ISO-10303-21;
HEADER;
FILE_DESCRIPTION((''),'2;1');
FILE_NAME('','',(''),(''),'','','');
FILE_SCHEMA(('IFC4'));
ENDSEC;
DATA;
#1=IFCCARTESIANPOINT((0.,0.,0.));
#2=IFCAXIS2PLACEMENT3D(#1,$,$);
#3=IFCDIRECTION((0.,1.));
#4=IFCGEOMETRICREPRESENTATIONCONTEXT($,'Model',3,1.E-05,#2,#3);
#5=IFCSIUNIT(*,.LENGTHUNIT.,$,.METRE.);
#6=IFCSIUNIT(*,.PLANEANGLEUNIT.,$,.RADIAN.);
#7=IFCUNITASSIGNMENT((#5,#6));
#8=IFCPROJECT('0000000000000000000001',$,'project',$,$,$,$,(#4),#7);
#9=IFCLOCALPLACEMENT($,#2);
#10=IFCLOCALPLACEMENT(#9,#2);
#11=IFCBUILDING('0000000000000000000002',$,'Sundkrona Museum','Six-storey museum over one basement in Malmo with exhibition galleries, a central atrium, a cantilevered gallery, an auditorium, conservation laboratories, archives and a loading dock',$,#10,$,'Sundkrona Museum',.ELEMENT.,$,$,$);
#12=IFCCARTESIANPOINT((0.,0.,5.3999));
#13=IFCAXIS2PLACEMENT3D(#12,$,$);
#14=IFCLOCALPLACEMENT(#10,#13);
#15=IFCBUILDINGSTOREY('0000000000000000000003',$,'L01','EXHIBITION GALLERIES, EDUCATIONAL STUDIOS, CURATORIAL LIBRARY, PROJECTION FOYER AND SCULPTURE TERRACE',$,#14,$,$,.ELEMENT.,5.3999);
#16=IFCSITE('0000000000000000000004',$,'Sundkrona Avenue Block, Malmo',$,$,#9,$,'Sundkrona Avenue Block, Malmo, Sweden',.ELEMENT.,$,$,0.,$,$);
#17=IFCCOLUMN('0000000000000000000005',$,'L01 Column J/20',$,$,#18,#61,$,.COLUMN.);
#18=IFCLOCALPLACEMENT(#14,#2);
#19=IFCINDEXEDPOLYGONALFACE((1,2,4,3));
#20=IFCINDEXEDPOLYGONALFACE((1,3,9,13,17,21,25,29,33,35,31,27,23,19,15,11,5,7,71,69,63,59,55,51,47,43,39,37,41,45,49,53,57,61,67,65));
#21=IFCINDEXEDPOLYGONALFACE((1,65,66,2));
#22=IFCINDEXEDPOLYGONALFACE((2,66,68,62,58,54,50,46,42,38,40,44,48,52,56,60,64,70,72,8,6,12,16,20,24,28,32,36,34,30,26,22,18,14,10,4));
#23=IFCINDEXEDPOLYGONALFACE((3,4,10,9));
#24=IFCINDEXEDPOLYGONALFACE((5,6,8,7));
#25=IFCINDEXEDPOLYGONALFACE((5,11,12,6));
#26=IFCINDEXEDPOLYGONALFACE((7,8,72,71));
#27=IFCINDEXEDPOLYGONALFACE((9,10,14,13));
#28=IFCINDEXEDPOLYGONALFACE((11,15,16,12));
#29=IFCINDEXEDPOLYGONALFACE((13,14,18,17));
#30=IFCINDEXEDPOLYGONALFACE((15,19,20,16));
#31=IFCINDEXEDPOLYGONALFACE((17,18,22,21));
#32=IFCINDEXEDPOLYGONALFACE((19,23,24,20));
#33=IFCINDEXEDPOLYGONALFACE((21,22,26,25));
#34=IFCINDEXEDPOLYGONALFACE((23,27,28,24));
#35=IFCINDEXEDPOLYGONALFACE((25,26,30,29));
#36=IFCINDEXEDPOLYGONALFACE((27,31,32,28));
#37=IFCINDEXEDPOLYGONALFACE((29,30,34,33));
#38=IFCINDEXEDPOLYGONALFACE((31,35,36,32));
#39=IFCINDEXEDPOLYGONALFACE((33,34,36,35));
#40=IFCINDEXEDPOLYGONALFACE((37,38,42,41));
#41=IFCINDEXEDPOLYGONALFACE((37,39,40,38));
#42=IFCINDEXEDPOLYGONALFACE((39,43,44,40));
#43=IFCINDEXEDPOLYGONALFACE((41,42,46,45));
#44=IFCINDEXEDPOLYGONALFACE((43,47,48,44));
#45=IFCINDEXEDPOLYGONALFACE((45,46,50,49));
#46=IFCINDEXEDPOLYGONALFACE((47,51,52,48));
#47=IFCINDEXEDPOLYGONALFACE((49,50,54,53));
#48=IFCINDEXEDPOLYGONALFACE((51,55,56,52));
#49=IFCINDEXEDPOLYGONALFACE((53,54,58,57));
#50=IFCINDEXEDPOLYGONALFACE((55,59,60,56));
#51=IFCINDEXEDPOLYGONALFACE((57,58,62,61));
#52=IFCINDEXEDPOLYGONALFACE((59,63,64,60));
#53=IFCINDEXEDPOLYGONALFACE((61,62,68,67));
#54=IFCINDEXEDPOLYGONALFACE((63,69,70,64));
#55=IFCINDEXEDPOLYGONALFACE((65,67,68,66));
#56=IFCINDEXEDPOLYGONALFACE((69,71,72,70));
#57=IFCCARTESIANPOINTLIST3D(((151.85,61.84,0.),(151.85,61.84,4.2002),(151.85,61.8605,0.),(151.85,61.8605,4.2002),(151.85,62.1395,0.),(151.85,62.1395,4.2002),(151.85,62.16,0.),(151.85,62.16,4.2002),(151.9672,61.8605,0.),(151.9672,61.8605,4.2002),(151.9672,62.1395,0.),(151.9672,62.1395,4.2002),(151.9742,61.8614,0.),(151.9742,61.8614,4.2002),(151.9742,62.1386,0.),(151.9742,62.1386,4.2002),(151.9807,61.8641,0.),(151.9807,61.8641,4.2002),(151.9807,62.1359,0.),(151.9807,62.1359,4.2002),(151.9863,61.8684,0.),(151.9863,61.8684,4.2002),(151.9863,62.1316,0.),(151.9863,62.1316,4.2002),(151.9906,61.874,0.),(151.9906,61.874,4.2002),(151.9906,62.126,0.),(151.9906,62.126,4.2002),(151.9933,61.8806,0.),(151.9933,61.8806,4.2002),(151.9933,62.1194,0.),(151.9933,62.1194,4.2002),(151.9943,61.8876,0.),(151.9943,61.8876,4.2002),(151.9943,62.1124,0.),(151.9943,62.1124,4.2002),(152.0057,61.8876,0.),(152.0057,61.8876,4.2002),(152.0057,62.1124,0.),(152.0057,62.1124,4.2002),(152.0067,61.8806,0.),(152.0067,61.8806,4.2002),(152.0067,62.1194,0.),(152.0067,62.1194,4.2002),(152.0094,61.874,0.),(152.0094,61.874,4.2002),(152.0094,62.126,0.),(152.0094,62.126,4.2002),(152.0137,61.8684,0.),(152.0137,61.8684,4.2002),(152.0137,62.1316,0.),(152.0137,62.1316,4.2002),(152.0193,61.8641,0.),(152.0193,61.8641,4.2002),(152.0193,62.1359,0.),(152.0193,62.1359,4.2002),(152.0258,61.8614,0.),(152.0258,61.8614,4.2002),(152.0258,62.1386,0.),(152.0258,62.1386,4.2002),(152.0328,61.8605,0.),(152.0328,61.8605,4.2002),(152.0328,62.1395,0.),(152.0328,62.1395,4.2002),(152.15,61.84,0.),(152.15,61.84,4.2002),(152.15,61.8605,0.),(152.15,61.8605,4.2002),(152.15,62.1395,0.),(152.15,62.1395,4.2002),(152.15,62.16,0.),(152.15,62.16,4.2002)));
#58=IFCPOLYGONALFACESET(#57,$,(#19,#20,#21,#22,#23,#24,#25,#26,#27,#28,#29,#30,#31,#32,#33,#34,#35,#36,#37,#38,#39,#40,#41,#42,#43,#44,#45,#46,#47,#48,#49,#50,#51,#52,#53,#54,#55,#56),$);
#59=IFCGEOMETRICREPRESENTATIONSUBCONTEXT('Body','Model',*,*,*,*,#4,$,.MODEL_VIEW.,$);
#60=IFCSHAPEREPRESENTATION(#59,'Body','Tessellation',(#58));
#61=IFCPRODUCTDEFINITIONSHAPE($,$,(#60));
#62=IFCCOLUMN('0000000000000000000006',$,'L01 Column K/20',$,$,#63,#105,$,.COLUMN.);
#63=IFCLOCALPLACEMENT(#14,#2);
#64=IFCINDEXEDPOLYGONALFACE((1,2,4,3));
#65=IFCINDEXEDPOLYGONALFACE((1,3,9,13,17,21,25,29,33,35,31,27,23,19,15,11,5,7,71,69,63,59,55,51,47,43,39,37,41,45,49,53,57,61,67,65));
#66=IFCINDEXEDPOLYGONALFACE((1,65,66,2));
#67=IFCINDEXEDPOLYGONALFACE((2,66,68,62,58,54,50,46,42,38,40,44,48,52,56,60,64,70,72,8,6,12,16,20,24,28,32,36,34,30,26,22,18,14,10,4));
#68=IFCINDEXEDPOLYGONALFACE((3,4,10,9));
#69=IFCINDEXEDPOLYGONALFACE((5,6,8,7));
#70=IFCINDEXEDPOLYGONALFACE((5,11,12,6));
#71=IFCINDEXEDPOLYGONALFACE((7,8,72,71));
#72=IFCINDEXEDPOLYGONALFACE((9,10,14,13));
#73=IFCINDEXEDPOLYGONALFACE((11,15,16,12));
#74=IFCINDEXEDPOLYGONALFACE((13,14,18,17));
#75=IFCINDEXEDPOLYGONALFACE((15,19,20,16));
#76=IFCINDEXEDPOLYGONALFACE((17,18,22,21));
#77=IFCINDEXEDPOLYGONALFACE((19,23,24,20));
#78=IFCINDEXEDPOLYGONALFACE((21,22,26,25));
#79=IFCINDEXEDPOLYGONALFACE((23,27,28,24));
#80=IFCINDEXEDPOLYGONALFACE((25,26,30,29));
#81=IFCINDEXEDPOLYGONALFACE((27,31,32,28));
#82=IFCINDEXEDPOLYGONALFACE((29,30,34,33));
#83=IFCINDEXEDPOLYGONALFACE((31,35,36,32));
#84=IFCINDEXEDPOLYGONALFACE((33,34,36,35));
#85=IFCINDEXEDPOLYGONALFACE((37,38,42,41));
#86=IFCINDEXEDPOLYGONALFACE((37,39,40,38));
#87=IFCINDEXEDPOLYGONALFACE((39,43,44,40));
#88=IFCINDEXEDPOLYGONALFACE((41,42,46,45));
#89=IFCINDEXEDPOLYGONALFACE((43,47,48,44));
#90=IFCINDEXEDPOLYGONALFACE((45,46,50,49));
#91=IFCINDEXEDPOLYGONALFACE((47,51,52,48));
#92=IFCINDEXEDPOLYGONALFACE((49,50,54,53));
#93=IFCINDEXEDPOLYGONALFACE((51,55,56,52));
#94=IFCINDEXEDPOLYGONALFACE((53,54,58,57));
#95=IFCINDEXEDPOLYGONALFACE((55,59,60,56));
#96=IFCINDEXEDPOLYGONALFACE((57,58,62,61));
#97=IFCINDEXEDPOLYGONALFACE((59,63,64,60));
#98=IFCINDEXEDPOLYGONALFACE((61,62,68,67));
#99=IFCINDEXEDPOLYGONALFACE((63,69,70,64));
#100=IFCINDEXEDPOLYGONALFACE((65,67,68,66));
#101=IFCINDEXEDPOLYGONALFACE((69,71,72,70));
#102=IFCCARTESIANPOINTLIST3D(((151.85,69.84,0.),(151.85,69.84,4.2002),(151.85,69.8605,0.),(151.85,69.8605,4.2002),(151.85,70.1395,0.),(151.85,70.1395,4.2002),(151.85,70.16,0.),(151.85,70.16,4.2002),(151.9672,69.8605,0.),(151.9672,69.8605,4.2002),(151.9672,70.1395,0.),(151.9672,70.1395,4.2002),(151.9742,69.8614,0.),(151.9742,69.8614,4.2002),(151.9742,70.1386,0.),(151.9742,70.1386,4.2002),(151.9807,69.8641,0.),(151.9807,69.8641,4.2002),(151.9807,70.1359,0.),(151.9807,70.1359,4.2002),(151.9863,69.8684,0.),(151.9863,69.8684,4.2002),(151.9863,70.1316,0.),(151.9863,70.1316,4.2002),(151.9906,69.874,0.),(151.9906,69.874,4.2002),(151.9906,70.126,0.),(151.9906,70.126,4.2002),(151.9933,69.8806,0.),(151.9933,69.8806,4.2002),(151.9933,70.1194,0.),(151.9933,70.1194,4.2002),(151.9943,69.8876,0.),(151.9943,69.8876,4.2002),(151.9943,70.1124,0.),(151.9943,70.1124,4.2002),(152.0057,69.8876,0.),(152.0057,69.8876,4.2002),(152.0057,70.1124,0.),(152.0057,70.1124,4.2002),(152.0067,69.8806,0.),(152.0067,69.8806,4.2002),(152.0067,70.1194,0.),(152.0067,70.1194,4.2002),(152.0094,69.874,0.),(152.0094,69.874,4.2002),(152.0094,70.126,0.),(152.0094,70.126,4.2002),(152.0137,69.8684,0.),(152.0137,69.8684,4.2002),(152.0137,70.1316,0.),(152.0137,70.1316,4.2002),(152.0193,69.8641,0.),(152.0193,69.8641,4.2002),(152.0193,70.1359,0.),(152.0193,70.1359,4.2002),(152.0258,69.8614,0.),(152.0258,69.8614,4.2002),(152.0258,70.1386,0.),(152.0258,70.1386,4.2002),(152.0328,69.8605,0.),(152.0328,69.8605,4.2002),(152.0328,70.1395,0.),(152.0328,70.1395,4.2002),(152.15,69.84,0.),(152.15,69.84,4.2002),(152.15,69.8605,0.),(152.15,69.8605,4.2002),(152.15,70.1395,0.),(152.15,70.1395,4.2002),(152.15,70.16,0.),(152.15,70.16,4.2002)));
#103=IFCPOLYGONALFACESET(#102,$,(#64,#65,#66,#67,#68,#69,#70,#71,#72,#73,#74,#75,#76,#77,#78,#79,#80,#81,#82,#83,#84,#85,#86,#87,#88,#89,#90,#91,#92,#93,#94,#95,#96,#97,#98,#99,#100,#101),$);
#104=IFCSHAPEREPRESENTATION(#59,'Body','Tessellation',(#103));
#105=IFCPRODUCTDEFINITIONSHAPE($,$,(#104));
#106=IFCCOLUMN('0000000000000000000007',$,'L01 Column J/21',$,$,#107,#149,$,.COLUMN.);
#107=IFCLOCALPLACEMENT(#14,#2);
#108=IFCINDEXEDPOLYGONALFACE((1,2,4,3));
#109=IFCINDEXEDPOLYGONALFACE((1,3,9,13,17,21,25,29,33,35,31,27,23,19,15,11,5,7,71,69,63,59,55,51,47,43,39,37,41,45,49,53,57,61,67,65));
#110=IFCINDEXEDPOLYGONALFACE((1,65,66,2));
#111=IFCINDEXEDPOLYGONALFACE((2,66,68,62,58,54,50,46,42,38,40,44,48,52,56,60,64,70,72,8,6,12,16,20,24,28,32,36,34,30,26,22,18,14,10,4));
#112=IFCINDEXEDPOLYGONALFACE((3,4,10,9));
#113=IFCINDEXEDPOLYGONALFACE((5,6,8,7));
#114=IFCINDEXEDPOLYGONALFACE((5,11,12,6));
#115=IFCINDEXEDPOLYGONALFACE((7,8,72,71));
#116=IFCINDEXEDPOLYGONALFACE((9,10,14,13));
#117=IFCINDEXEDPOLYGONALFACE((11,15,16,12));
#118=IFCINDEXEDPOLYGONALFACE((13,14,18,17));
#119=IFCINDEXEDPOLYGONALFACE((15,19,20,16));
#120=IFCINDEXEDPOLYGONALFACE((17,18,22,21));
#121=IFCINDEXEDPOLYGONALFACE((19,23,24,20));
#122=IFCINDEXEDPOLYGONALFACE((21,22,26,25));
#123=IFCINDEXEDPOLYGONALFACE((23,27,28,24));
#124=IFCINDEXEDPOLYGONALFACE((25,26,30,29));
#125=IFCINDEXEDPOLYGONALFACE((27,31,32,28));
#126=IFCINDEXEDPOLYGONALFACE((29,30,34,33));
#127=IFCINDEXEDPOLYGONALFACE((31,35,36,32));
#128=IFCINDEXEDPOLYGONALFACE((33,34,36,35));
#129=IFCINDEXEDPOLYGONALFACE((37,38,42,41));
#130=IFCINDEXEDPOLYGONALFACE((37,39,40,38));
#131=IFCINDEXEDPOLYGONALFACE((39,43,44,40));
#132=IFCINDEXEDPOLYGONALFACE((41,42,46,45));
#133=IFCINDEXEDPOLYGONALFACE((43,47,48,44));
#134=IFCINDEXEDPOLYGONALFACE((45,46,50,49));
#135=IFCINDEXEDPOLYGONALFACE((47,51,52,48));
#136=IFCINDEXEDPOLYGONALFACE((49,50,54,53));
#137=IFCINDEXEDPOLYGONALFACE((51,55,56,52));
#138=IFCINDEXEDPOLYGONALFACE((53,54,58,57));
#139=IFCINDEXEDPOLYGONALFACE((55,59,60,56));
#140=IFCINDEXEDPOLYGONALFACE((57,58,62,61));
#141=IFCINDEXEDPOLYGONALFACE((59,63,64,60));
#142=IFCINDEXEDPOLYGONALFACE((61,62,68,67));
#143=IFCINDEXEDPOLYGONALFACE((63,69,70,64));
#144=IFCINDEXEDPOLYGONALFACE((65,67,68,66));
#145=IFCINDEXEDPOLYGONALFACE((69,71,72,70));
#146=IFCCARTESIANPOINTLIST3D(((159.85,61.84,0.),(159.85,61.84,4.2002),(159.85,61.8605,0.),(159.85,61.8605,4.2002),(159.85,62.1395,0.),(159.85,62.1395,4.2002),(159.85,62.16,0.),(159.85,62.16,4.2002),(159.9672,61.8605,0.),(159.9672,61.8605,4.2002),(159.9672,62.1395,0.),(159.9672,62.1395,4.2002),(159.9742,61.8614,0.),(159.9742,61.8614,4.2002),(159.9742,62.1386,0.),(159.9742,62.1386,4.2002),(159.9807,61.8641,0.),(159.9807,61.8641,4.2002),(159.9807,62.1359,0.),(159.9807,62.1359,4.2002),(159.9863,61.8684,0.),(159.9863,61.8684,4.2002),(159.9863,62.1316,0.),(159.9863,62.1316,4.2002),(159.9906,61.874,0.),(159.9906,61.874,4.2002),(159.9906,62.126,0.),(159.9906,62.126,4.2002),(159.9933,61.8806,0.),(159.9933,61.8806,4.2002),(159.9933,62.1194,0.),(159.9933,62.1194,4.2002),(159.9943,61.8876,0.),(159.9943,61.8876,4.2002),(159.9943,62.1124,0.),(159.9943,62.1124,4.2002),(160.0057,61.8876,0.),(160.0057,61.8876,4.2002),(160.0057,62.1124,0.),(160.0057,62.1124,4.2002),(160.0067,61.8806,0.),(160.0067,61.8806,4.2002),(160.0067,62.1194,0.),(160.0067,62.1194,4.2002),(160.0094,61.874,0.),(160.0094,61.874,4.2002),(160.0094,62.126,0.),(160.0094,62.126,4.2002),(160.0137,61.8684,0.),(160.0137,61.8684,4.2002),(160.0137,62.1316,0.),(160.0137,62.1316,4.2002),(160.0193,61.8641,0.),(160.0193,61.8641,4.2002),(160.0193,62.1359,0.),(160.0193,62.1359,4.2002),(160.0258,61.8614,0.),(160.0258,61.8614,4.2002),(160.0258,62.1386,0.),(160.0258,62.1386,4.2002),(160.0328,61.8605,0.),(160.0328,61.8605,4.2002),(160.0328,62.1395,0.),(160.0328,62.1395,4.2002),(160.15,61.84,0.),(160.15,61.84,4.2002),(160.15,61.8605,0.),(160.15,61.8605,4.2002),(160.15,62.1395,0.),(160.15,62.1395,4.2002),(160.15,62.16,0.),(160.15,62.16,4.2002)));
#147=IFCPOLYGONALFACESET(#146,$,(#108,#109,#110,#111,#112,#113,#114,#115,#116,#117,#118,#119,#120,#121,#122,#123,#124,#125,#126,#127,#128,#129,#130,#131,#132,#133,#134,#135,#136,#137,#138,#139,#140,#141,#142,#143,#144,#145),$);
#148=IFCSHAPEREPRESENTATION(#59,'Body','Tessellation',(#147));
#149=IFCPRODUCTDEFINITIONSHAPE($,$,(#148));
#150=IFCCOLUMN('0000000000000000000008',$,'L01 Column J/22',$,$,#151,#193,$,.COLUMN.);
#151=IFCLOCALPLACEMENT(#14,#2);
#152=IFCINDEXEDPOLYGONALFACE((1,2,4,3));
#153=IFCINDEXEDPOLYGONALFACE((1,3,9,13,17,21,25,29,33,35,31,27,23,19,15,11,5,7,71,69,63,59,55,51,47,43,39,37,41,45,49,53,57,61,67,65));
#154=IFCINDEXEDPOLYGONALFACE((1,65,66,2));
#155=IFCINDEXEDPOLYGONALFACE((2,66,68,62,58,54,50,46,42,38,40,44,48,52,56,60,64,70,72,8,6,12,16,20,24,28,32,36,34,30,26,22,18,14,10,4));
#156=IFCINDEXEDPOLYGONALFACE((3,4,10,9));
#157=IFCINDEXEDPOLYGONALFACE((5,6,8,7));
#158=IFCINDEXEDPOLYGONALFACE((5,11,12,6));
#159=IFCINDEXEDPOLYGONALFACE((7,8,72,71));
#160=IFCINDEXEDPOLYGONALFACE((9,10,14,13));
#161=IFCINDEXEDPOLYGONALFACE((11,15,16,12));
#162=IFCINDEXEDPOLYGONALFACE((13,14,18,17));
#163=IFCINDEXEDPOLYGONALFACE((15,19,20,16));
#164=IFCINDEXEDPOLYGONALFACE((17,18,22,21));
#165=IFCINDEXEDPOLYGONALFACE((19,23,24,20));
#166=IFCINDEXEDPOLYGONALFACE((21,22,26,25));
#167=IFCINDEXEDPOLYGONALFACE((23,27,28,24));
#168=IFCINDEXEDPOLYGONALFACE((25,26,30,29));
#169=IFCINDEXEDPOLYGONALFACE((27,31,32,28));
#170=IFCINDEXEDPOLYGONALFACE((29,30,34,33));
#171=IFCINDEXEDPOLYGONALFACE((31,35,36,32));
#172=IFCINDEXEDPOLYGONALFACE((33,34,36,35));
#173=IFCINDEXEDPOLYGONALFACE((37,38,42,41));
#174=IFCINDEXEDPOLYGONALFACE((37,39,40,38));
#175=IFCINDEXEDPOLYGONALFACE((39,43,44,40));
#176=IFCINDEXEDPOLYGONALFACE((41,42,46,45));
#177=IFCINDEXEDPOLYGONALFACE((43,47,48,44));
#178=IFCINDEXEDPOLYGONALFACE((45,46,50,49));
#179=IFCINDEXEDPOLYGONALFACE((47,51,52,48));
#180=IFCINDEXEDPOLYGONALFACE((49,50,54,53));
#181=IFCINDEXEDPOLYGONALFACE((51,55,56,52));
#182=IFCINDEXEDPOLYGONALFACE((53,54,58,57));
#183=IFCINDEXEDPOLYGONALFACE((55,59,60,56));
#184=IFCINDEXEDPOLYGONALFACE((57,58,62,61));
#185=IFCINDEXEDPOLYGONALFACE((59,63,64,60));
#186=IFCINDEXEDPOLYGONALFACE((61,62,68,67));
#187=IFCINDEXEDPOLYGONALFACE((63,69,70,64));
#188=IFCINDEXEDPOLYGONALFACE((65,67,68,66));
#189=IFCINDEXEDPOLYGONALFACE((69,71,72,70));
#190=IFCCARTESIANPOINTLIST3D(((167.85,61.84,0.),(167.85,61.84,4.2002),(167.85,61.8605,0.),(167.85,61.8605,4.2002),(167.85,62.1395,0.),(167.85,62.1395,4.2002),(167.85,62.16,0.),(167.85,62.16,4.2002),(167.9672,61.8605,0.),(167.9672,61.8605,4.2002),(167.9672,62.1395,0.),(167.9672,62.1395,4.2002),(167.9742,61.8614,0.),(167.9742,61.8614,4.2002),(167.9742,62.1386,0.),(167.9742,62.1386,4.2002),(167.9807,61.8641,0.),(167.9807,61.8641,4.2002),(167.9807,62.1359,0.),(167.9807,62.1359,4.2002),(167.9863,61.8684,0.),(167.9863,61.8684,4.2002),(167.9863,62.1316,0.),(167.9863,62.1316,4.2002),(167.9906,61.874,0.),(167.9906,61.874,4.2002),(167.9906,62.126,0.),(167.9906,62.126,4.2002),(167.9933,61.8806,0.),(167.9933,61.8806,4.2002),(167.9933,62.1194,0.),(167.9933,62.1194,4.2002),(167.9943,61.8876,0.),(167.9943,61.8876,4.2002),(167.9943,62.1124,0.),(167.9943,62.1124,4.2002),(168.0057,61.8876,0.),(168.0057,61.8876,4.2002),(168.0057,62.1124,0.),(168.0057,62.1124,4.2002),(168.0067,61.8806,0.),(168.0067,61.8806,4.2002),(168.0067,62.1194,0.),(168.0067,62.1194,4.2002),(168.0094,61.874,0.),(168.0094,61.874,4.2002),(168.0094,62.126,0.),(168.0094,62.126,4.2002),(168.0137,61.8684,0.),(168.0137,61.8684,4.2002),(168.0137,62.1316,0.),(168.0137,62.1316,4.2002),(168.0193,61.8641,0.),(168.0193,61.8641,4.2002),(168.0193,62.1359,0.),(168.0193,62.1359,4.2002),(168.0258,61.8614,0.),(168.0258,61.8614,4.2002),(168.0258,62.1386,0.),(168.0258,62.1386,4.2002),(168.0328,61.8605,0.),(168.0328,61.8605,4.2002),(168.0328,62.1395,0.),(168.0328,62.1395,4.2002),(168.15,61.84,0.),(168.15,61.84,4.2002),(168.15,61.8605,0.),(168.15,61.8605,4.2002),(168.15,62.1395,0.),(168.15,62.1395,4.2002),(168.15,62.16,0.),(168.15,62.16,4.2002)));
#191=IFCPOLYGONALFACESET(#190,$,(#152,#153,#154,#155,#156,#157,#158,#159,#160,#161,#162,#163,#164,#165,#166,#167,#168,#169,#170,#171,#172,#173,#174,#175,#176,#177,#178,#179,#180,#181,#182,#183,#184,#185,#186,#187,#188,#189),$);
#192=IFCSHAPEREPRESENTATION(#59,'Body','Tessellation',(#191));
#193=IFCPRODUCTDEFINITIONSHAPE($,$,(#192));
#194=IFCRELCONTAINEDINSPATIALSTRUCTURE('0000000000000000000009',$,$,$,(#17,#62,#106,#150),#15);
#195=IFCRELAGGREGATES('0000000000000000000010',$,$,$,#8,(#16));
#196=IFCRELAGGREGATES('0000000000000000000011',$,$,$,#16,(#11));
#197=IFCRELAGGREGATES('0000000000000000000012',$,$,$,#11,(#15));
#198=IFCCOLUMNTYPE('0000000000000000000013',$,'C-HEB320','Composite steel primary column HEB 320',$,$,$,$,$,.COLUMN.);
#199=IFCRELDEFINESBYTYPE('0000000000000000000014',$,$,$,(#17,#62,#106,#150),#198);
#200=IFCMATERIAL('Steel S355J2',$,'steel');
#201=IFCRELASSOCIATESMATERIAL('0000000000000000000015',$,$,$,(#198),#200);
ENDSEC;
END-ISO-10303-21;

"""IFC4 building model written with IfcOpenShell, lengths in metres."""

from ifc_helpers import new_model, si_unit, direction, frame, origin, origin_2d, place, context, subcontext, project, spatial, i_section, extrude, material, material_profile, profile_set, type_object, element, save


model = new_model("IFC4")

# Units and contexts
model_context = context("Model", 3, precision=1e-05, world=origin(), true_north=direction((0.0, 1.0)))
body_context = subcontext(model_context, "Body", "Model", "MODEL_VIEW")
ifc_project = project(units=[si_unit("LENGTHUNIT", "METRE"), si_unit("PLANEANGLEUNIT", "RADIAN")], contexts=[model_context])

# Site, building, storey
site_placement = place(None, origin())
site = spatial("IfcSite", under=ifc_project, at=site_placement, Name="Sundkrona Avenue Block, Malmo", LongName="Sundkrona Avenue Block, Malmo, Sweden", CompositionType="ELEMENT", RefElevation=0.0)
building_placement = place(site_placement, origin())
building = spatial("IfcBuilding", under=site, at=building_placement, Name="Sundkrona Museum", Description="Six-storey museum over one basement in Malmo with exhibition galleries, a central atrium, a cantilevered gallery, an auditorium, conservation laboratories, archives and a loading dock", LongName="Sundkrona Museum", CompositionType="ELEMENT")
storey_placement = place(building_placement, frame((0.0, 0.0, 5.3999)))
storey = spatial("IfcBuildingStorey", under=building, at=storey_placement, Name="L01", Description="EXHIBITION GALLERIES, EDUCATIONAL STUDIOS, CURATORIAL LIBRARY, PROJECTION FOYER AND SCULPTURE TERRACE", CompositionType="ELEMENT", Elevation=5.3999)

# Columns
ifc_material_1 = material(Name="Steel S355J2", Category="steel")
ifc_material_profile_1 = material_profile(ifc_material_1, i_section(OverallWidth=0.3, OverallDepth=0.3201, WebThickness=0.0115, FlangeThickness=0.0205, FilletRadius=0.0271, at=origin_2d()), Name="HEB 320")
ifc_profile_set_1 = profile_set([ifc_material_profile_1], Name="Steel S355J2")
column_type = type_object("IfcColumnType", Name="C-HEB320", Description="Composite steel primary column HEB 320", PredefinedType="COLUMN", material=ifc_profile_set_1)
for number, where, z_axis, x_axis, name in (
    (1, (152.0, 62.0, 0.0), (0.0, 0.0, 1.0), (1.0, 0.0, 0.0), "L01 Column J/20"),
    (2, (152.0, 70.0, 0.0), (0.0, 0.0, 1.0), (1.0, 0.0, 0.0), "L01 Column K/20"),
    (3, (160.0, 62.0, 0.0), (0.0, 0.0, 1.0), (1.0, 0.0, 0.0), "L01 Column J/21"),
    (4, (168.0, 62.0, 0.0), (0.0, 0.0, 1.0), (1.0, 0.0, 0.0), "L01 Column J/22"),
):
    element("IfcColumn", number, at=place(storey_placement, frame(where, z_axis=z_axis, x_axis=x_axis)), inside=storey, type_object=column_type, Name=name, PredefinedType="COLUMN", context=body_context, shape_type="SweptSolid", body=[
        extrude(i_section(OverallWidth=0.3, OverallDepth=0.3201, WebThickness=0.0115, FlangeThickness=0.0205, FilletRadius=0.0271, at=origin_2d()), origin(), (0.0, 0.0, 1.0), 4.2002),
    ])

save(model, "model.ifc")
